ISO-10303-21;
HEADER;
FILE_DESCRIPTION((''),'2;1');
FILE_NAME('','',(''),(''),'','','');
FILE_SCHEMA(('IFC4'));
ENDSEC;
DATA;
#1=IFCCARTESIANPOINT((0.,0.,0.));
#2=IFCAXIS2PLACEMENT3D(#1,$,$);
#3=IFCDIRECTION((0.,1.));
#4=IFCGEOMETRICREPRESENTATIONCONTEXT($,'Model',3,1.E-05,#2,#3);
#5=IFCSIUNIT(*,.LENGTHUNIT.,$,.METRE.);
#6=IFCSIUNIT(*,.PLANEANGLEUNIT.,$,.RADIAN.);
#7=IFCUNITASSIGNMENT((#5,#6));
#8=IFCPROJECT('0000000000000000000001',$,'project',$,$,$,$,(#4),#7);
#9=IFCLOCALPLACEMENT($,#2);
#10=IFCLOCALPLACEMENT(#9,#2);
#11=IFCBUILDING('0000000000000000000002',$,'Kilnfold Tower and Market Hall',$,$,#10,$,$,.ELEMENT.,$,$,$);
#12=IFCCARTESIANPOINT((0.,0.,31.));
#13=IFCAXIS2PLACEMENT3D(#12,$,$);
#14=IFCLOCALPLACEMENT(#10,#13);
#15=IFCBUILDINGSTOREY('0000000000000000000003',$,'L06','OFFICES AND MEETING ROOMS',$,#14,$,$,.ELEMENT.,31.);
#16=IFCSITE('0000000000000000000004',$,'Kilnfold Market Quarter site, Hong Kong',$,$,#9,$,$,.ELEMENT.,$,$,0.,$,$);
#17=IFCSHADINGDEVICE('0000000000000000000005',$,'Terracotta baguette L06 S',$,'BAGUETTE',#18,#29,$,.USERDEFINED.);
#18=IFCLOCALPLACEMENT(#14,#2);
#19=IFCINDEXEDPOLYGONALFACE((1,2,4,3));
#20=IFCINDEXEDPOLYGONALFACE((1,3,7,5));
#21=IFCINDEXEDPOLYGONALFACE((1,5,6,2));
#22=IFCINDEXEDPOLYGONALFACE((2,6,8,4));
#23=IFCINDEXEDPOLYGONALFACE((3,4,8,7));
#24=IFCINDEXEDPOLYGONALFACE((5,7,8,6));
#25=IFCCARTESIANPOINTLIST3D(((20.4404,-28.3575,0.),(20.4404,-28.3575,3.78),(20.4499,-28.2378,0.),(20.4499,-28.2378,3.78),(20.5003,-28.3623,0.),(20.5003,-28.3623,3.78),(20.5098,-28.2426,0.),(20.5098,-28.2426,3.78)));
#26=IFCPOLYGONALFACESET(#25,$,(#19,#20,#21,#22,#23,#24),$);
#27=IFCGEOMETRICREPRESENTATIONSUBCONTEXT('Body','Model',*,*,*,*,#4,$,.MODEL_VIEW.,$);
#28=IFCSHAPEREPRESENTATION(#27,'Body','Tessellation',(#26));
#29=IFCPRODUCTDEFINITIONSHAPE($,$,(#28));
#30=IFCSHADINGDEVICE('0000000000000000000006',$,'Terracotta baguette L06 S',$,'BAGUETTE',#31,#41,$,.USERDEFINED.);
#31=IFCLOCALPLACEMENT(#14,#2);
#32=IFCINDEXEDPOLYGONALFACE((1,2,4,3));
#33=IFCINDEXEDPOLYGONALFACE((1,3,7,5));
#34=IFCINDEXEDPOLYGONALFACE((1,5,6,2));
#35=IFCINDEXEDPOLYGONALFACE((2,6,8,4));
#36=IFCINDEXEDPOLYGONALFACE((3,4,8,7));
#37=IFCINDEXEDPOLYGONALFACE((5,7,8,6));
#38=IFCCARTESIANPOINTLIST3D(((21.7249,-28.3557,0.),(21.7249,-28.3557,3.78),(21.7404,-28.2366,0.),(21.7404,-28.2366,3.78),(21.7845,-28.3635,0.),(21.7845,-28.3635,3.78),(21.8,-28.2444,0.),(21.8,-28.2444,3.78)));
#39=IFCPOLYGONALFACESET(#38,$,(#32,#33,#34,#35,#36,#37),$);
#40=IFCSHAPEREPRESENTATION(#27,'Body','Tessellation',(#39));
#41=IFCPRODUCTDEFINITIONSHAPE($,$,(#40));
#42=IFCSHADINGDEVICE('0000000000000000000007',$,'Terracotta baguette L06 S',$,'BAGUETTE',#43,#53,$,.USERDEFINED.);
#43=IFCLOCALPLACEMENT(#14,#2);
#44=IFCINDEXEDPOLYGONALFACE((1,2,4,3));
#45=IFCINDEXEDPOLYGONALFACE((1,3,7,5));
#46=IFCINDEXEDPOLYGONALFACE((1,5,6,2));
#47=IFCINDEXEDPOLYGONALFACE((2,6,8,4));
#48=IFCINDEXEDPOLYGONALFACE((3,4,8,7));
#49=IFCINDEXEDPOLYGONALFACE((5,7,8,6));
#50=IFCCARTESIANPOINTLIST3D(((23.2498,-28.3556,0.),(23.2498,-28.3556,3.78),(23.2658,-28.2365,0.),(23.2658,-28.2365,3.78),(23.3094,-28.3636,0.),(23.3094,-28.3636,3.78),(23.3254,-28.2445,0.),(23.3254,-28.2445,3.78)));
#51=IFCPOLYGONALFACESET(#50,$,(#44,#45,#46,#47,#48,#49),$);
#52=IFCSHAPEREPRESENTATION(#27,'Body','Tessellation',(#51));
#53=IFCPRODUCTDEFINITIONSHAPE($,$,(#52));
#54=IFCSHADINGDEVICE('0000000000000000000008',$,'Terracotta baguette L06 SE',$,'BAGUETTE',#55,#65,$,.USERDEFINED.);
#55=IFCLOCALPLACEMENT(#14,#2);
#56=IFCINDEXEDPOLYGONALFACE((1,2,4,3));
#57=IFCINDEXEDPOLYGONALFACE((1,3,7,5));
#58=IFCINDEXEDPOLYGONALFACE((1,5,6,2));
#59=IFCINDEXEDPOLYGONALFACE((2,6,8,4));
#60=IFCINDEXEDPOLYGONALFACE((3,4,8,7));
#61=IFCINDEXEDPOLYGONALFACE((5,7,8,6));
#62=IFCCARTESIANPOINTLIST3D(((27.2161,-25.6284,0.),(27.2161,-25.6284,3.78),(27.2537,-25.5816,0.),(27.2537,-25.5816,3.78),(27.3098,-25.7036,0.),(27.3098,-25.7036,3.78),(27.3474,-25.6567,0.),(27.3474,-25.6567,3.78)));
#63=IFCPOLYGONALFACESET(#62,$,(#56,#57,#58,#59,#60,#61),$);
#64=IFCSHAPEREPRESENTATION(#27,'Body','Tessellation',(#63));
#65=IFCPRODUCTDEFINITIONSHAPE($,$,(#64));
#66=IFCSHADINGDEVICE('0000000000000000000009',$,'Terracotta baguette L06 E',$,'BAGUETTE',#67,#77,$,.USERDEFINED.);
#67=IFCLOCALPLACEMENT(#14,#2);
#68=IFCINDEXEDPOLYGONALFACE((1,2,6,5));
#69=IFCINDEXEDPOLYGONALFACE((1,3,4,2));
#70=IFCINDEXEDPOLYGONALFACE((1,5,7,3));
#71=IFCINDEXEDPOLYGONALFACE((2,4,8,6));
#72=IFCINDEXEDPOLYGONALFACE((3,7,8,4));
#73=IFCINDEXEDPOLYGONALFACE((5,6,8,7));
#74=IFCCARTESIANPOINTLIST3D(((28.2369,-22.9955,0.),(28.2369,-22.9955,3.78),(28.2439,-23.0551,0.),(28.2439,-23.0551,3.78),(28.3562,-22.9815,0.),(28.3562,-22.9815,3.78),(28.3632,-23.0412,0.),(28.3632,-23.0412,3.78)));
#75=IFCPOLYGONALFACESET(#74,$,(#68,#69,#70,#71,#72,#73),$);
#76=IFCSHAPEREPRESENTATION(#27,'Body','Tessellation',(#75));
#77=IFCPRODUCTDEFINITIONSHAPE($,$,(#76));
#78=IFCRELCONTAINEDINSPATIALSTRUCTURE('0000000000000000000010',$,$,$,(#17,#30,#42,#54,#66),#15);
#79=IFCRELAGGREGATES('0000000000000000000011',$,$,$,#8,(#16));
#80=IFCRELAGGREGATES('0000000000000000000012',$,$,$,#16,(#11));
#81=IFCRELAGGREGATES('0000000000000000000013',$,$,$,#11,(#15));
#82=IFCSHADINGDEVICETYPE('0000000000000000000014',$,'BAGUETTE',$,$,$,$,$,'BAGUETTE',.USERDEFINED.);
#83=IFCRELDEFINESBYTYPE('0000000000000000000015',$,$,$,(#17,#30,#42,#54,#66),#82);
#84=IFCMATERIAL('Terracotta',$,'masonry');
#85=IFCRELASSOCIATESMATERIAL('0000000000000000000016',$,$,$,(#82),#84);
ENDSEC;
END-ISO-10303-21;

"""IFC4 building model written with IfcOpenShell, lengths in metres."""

from ifc_helpers import new_model, si_unit, direction, frame, origin, origin_2d, place, context, subcontext, project, spatial, rectangle, extrude, source, transform, mapped, material, material_profile, profile_set, type_object, element, save


model = new_model("IFC4")

# Units and contexts
model_context = context("Model", 3, precision=1e-05, world=origin(), true_north=direction((0.0, 1.0)))
body_context = subcontext(model_context, "Body", "Model", "MODEL_VIEW")
ifc_project = project(units=[si_unit("LENGTHUNIT", "METRE"), si_unit("PLANEANGLEUNIT", "RADIAN")], contexts=[model_context])

# Site, building, storey
site_placement = place(None, origin())
site = spatial("IfcSite", under=ifc_project, at=site_placement, Name="Kilnfold Market Quarter site, Hong Kong", CompositionType="ELEMENT", RefElevation=0.0)
building_placement = place(site_placement, origin())
building = spatial("IfcBuilding", under=site, at=building_placement, Name="Kilnfold Tower and Market Hall", CompositionType="ELEMENT")
storey_placement = place(building_placement, frame((0.0, 0.0, 31.0)))
storey = spatial("IfcBuildingStorey", under=building, at=storey_placement, Name="L06", Description="OFFICES AND MEETING ROOMS", CompositionType="ELEMENT", Elevation=31.0)

# Shading devices
ifc_material_1 = material(Name="Terracotta", Category="masonry")
ifc_material_profile_1 = material_profile(ifc_material_1, rectangle(XDim=0.0601, YDim=0.1201, at=origin_2d()), Name="BAG 60x120")
ifc_profile_set_1 = profile_set([ifc_material_profile_1], Name="Terracotta")
shading_device_type = type_object("IfcShadingDeviceType", Name="BAGUETTE", ElementType="BAGUETTE", PredefinedType="USERDEFINED", material=ifc_profile_set_1)
shared_shape_1 = source(origin(), body_context, "Body", "SweptSolid", [
    extrude(rectangle(XDim=0.0601, YDim=0.1201, at=origin_2d()), origin(), (0.0, 0.0, 1.0), 3.78),
])
for number, where, z_axis, x_axis, name in (
    (1, (20.4751, -28.3, 0.0), (0.0, 0.0, 1.0), (0.996836, -0.079482, 0.0), "Terracotta baguette L06 S"),
    (2, (21.7625, -28.3, 0.0), (0.0, 0.0, 1.0), (0.99165, -0.128958, 0.0), "Terracotta baguette L06 S"),
    (3, (23.2876, -28.3, 0.0), (0.0, 0.0, 1.0), (0.991105, -0.133085, 0.0), "Terracotta baguette L06 S"),
    (4, (27.2817, -25.6426, 0.0), (0.0, 0.0, 1.0), (0.625556, 0.780179, 0.0), "Terracotta baguette L06 SE"),
    (5, (28.3, -23.0183, 0.0), (0.0, 0.0, 1.0), (-0.116005, 0.993249, 0.0), "Terracotta baguette L06 E"),
):
    element("IfcShadingDevice", number, at=place(storey_placement, frame(where, z_axis=z_axis, x_axis=x_axis)), inside=storey, type_object=shading_device_type, Name=name, ObjectType="BAGUETTE", PredefinedType="USERDEFINED", context=body_context, shape_type="MappedRepresentation", body=[
        mapped(shared_shape_1, transform((0.0, 0.0, 0.0))),
    ])

save(model, "model.ifc")
